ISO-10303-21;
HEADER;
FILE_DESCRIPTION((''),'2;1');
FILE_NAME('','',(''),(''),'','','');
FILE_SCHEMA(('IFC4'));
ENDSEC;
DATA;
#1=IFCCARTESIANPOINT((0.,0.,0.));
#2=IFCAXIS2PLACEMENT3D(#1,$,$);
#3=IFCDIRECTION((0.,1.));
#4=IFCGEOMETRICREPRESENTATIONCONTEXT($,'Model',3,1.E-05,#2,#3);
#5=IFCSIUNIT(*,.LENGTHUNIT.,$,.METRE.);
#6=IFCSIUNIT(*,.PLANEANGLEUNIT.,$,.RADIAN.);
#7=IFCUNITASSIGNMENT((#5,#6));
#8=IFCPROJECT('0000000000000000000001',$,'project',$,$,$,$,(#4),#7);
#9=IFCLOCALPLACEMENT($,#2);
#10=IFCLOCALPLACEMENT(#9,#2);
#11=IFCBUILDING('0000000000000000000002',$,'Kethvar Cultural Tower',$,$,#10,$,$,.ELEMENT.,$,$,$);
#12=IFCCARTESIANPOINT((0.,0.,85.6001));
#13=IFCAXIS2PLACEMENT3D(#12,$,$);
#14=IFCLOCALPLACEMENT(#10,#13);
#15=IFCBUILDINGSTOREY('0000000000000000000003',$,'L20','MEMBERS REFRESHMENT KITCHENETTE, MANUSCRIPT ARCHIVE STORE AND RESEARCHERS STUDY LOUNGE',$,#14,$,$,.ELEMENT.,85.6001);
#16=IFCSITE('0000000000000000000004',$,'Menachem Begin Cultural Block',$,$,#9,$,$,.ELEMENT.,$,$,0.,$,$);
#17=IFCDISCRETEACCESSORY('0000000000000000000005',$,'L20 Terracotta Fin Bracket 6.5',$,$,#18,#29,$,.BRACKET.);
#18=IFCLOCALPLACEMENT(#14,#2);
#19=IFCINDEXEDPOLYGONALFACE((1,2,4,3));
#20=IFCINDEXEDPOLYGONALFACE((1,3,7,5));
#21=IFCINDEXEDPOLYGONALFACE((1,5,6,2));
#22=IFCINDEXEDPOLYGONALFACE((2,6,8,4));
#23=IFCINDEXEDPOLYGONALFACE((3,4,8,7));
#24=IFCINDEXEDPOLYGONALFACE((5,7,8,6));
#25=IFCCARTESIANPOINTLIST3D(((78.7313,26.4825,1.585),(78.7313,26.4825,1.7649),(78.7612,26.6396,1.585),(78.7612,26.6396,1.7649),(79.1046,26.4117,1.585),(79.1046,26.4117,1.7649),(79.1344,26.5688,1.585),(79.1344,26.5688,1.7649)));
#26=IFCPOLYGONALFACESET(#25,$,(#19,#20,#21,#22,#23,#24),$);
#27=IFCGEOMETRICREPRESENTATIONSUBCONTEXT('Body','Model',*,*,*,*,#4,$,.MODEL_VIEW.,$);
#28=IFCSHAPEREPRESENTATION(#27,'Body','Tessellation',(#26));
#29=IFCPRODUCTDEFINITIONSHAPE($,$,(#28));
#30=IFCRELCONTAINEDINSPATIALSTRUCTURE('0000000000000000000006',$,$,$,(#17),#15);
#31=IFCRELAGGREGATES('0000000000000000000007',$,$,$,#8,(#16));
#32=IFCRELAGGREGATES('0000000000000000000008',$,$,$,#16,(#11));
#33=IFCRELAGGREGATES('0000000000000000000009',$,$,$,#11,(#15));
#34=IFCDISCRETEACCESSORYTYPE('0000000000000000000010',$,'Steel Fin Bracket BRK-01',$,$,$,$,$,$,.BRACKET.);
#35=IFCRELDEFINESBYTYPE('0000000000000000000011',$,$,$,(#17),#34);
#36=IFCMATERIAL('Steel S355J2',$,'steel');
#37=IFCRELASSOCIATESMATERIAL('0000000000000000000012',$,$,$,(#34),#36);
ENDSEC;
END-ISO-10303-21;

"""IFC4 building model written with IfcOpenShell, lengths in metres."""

from ifc_helpers import new_model, si_unit, direction, frame, origin, origin_2d, place, context, subcontext, project, spatial, rectangle, extrude, source, transform, mapped, material, type_object, element, save


model = new_model("IFC4")

# Units and contexts
model_context = context("Model", 3, precision=1e-05, world=origin(), true_north=direction((0.0, 1.0)))
body_context = subcontext(model_context, "Body", "Model", "MODEL_VIEW")
ifc_project = project(units=[si_unit("LENGTHUNIT", "METRE"), si_unit("PLANEANGLEUNIT", "RADIAN")], contexts=[model_context])

# Site, building, storey
site_placement = place(None, origin())
site = spatial("IfcSite", under=ifc_project, at=site_placement, Name="Menachem Begin Cultural Block", CompositionType="ELEMENT", RefElevation=0.0)
building_placement = place(site_placement, origin())
building = spatial("IfcBuilding", under=site, at=building_placement, Name="Kethvar Cultural Tower", CompositionType="ELEMENT")
storey_placement = place(building_placement, frame((0.0, 0.0, 85.6001)))
storey = spatial("IfcBuildingStorey", under=building, at=storey_placement, Name="L20", Description="MEMBERS REFRESHMENT KITCHENETTE, MANUSCRIPT ARCHIVE STORE AND RESEARCHERS STUDY LOUNGE", CompositionType="ELEMENT", Elevation=85.6001)

# Shared definitions
ifc_material_1 = material(Name="Steel S355J2", Category="steel")

# Discrete accessory
discrete_accessory_type = type_object("IfcDiscreteAccessoryType", Name="Steel Fin Bracket BRK-01", PredefinedType="BRACKET", material=ifc_material_1)
shared_shape_1 = source(origin(), body_context, "Body", "SweptSolid", [
    extrude(rectangle(XDim=0.3799, YDim=0.1599, at=origin_2d()), origin(), (0.0, 0.0, 1.0), 0.1799),
])
for number, where, z_axis, x_axis, name in (
    (1, (78.9329, 26.5256, 1.585), (0.0, 0.0, 1.0), (0.98245, -0.186524, 0.0), "L20 Terracotta Fin Bracket 6.5"),
):
    element("IfcDiscreteAccessory", number, at=place(storey_placement, frame(where, z_axis=z_axis, x_axis=x_axis)), inside=storey, type_object=discrete_accessory_type, Name=name, PredefinedType="BRACKET", context=body_context, shape_type="MappedRepresentation", body=[
        mapped(shared_shape_1, transform((0.0, 0.0, 0.0), scale=1.0)),
    ])

save(model, "model.ifc")
